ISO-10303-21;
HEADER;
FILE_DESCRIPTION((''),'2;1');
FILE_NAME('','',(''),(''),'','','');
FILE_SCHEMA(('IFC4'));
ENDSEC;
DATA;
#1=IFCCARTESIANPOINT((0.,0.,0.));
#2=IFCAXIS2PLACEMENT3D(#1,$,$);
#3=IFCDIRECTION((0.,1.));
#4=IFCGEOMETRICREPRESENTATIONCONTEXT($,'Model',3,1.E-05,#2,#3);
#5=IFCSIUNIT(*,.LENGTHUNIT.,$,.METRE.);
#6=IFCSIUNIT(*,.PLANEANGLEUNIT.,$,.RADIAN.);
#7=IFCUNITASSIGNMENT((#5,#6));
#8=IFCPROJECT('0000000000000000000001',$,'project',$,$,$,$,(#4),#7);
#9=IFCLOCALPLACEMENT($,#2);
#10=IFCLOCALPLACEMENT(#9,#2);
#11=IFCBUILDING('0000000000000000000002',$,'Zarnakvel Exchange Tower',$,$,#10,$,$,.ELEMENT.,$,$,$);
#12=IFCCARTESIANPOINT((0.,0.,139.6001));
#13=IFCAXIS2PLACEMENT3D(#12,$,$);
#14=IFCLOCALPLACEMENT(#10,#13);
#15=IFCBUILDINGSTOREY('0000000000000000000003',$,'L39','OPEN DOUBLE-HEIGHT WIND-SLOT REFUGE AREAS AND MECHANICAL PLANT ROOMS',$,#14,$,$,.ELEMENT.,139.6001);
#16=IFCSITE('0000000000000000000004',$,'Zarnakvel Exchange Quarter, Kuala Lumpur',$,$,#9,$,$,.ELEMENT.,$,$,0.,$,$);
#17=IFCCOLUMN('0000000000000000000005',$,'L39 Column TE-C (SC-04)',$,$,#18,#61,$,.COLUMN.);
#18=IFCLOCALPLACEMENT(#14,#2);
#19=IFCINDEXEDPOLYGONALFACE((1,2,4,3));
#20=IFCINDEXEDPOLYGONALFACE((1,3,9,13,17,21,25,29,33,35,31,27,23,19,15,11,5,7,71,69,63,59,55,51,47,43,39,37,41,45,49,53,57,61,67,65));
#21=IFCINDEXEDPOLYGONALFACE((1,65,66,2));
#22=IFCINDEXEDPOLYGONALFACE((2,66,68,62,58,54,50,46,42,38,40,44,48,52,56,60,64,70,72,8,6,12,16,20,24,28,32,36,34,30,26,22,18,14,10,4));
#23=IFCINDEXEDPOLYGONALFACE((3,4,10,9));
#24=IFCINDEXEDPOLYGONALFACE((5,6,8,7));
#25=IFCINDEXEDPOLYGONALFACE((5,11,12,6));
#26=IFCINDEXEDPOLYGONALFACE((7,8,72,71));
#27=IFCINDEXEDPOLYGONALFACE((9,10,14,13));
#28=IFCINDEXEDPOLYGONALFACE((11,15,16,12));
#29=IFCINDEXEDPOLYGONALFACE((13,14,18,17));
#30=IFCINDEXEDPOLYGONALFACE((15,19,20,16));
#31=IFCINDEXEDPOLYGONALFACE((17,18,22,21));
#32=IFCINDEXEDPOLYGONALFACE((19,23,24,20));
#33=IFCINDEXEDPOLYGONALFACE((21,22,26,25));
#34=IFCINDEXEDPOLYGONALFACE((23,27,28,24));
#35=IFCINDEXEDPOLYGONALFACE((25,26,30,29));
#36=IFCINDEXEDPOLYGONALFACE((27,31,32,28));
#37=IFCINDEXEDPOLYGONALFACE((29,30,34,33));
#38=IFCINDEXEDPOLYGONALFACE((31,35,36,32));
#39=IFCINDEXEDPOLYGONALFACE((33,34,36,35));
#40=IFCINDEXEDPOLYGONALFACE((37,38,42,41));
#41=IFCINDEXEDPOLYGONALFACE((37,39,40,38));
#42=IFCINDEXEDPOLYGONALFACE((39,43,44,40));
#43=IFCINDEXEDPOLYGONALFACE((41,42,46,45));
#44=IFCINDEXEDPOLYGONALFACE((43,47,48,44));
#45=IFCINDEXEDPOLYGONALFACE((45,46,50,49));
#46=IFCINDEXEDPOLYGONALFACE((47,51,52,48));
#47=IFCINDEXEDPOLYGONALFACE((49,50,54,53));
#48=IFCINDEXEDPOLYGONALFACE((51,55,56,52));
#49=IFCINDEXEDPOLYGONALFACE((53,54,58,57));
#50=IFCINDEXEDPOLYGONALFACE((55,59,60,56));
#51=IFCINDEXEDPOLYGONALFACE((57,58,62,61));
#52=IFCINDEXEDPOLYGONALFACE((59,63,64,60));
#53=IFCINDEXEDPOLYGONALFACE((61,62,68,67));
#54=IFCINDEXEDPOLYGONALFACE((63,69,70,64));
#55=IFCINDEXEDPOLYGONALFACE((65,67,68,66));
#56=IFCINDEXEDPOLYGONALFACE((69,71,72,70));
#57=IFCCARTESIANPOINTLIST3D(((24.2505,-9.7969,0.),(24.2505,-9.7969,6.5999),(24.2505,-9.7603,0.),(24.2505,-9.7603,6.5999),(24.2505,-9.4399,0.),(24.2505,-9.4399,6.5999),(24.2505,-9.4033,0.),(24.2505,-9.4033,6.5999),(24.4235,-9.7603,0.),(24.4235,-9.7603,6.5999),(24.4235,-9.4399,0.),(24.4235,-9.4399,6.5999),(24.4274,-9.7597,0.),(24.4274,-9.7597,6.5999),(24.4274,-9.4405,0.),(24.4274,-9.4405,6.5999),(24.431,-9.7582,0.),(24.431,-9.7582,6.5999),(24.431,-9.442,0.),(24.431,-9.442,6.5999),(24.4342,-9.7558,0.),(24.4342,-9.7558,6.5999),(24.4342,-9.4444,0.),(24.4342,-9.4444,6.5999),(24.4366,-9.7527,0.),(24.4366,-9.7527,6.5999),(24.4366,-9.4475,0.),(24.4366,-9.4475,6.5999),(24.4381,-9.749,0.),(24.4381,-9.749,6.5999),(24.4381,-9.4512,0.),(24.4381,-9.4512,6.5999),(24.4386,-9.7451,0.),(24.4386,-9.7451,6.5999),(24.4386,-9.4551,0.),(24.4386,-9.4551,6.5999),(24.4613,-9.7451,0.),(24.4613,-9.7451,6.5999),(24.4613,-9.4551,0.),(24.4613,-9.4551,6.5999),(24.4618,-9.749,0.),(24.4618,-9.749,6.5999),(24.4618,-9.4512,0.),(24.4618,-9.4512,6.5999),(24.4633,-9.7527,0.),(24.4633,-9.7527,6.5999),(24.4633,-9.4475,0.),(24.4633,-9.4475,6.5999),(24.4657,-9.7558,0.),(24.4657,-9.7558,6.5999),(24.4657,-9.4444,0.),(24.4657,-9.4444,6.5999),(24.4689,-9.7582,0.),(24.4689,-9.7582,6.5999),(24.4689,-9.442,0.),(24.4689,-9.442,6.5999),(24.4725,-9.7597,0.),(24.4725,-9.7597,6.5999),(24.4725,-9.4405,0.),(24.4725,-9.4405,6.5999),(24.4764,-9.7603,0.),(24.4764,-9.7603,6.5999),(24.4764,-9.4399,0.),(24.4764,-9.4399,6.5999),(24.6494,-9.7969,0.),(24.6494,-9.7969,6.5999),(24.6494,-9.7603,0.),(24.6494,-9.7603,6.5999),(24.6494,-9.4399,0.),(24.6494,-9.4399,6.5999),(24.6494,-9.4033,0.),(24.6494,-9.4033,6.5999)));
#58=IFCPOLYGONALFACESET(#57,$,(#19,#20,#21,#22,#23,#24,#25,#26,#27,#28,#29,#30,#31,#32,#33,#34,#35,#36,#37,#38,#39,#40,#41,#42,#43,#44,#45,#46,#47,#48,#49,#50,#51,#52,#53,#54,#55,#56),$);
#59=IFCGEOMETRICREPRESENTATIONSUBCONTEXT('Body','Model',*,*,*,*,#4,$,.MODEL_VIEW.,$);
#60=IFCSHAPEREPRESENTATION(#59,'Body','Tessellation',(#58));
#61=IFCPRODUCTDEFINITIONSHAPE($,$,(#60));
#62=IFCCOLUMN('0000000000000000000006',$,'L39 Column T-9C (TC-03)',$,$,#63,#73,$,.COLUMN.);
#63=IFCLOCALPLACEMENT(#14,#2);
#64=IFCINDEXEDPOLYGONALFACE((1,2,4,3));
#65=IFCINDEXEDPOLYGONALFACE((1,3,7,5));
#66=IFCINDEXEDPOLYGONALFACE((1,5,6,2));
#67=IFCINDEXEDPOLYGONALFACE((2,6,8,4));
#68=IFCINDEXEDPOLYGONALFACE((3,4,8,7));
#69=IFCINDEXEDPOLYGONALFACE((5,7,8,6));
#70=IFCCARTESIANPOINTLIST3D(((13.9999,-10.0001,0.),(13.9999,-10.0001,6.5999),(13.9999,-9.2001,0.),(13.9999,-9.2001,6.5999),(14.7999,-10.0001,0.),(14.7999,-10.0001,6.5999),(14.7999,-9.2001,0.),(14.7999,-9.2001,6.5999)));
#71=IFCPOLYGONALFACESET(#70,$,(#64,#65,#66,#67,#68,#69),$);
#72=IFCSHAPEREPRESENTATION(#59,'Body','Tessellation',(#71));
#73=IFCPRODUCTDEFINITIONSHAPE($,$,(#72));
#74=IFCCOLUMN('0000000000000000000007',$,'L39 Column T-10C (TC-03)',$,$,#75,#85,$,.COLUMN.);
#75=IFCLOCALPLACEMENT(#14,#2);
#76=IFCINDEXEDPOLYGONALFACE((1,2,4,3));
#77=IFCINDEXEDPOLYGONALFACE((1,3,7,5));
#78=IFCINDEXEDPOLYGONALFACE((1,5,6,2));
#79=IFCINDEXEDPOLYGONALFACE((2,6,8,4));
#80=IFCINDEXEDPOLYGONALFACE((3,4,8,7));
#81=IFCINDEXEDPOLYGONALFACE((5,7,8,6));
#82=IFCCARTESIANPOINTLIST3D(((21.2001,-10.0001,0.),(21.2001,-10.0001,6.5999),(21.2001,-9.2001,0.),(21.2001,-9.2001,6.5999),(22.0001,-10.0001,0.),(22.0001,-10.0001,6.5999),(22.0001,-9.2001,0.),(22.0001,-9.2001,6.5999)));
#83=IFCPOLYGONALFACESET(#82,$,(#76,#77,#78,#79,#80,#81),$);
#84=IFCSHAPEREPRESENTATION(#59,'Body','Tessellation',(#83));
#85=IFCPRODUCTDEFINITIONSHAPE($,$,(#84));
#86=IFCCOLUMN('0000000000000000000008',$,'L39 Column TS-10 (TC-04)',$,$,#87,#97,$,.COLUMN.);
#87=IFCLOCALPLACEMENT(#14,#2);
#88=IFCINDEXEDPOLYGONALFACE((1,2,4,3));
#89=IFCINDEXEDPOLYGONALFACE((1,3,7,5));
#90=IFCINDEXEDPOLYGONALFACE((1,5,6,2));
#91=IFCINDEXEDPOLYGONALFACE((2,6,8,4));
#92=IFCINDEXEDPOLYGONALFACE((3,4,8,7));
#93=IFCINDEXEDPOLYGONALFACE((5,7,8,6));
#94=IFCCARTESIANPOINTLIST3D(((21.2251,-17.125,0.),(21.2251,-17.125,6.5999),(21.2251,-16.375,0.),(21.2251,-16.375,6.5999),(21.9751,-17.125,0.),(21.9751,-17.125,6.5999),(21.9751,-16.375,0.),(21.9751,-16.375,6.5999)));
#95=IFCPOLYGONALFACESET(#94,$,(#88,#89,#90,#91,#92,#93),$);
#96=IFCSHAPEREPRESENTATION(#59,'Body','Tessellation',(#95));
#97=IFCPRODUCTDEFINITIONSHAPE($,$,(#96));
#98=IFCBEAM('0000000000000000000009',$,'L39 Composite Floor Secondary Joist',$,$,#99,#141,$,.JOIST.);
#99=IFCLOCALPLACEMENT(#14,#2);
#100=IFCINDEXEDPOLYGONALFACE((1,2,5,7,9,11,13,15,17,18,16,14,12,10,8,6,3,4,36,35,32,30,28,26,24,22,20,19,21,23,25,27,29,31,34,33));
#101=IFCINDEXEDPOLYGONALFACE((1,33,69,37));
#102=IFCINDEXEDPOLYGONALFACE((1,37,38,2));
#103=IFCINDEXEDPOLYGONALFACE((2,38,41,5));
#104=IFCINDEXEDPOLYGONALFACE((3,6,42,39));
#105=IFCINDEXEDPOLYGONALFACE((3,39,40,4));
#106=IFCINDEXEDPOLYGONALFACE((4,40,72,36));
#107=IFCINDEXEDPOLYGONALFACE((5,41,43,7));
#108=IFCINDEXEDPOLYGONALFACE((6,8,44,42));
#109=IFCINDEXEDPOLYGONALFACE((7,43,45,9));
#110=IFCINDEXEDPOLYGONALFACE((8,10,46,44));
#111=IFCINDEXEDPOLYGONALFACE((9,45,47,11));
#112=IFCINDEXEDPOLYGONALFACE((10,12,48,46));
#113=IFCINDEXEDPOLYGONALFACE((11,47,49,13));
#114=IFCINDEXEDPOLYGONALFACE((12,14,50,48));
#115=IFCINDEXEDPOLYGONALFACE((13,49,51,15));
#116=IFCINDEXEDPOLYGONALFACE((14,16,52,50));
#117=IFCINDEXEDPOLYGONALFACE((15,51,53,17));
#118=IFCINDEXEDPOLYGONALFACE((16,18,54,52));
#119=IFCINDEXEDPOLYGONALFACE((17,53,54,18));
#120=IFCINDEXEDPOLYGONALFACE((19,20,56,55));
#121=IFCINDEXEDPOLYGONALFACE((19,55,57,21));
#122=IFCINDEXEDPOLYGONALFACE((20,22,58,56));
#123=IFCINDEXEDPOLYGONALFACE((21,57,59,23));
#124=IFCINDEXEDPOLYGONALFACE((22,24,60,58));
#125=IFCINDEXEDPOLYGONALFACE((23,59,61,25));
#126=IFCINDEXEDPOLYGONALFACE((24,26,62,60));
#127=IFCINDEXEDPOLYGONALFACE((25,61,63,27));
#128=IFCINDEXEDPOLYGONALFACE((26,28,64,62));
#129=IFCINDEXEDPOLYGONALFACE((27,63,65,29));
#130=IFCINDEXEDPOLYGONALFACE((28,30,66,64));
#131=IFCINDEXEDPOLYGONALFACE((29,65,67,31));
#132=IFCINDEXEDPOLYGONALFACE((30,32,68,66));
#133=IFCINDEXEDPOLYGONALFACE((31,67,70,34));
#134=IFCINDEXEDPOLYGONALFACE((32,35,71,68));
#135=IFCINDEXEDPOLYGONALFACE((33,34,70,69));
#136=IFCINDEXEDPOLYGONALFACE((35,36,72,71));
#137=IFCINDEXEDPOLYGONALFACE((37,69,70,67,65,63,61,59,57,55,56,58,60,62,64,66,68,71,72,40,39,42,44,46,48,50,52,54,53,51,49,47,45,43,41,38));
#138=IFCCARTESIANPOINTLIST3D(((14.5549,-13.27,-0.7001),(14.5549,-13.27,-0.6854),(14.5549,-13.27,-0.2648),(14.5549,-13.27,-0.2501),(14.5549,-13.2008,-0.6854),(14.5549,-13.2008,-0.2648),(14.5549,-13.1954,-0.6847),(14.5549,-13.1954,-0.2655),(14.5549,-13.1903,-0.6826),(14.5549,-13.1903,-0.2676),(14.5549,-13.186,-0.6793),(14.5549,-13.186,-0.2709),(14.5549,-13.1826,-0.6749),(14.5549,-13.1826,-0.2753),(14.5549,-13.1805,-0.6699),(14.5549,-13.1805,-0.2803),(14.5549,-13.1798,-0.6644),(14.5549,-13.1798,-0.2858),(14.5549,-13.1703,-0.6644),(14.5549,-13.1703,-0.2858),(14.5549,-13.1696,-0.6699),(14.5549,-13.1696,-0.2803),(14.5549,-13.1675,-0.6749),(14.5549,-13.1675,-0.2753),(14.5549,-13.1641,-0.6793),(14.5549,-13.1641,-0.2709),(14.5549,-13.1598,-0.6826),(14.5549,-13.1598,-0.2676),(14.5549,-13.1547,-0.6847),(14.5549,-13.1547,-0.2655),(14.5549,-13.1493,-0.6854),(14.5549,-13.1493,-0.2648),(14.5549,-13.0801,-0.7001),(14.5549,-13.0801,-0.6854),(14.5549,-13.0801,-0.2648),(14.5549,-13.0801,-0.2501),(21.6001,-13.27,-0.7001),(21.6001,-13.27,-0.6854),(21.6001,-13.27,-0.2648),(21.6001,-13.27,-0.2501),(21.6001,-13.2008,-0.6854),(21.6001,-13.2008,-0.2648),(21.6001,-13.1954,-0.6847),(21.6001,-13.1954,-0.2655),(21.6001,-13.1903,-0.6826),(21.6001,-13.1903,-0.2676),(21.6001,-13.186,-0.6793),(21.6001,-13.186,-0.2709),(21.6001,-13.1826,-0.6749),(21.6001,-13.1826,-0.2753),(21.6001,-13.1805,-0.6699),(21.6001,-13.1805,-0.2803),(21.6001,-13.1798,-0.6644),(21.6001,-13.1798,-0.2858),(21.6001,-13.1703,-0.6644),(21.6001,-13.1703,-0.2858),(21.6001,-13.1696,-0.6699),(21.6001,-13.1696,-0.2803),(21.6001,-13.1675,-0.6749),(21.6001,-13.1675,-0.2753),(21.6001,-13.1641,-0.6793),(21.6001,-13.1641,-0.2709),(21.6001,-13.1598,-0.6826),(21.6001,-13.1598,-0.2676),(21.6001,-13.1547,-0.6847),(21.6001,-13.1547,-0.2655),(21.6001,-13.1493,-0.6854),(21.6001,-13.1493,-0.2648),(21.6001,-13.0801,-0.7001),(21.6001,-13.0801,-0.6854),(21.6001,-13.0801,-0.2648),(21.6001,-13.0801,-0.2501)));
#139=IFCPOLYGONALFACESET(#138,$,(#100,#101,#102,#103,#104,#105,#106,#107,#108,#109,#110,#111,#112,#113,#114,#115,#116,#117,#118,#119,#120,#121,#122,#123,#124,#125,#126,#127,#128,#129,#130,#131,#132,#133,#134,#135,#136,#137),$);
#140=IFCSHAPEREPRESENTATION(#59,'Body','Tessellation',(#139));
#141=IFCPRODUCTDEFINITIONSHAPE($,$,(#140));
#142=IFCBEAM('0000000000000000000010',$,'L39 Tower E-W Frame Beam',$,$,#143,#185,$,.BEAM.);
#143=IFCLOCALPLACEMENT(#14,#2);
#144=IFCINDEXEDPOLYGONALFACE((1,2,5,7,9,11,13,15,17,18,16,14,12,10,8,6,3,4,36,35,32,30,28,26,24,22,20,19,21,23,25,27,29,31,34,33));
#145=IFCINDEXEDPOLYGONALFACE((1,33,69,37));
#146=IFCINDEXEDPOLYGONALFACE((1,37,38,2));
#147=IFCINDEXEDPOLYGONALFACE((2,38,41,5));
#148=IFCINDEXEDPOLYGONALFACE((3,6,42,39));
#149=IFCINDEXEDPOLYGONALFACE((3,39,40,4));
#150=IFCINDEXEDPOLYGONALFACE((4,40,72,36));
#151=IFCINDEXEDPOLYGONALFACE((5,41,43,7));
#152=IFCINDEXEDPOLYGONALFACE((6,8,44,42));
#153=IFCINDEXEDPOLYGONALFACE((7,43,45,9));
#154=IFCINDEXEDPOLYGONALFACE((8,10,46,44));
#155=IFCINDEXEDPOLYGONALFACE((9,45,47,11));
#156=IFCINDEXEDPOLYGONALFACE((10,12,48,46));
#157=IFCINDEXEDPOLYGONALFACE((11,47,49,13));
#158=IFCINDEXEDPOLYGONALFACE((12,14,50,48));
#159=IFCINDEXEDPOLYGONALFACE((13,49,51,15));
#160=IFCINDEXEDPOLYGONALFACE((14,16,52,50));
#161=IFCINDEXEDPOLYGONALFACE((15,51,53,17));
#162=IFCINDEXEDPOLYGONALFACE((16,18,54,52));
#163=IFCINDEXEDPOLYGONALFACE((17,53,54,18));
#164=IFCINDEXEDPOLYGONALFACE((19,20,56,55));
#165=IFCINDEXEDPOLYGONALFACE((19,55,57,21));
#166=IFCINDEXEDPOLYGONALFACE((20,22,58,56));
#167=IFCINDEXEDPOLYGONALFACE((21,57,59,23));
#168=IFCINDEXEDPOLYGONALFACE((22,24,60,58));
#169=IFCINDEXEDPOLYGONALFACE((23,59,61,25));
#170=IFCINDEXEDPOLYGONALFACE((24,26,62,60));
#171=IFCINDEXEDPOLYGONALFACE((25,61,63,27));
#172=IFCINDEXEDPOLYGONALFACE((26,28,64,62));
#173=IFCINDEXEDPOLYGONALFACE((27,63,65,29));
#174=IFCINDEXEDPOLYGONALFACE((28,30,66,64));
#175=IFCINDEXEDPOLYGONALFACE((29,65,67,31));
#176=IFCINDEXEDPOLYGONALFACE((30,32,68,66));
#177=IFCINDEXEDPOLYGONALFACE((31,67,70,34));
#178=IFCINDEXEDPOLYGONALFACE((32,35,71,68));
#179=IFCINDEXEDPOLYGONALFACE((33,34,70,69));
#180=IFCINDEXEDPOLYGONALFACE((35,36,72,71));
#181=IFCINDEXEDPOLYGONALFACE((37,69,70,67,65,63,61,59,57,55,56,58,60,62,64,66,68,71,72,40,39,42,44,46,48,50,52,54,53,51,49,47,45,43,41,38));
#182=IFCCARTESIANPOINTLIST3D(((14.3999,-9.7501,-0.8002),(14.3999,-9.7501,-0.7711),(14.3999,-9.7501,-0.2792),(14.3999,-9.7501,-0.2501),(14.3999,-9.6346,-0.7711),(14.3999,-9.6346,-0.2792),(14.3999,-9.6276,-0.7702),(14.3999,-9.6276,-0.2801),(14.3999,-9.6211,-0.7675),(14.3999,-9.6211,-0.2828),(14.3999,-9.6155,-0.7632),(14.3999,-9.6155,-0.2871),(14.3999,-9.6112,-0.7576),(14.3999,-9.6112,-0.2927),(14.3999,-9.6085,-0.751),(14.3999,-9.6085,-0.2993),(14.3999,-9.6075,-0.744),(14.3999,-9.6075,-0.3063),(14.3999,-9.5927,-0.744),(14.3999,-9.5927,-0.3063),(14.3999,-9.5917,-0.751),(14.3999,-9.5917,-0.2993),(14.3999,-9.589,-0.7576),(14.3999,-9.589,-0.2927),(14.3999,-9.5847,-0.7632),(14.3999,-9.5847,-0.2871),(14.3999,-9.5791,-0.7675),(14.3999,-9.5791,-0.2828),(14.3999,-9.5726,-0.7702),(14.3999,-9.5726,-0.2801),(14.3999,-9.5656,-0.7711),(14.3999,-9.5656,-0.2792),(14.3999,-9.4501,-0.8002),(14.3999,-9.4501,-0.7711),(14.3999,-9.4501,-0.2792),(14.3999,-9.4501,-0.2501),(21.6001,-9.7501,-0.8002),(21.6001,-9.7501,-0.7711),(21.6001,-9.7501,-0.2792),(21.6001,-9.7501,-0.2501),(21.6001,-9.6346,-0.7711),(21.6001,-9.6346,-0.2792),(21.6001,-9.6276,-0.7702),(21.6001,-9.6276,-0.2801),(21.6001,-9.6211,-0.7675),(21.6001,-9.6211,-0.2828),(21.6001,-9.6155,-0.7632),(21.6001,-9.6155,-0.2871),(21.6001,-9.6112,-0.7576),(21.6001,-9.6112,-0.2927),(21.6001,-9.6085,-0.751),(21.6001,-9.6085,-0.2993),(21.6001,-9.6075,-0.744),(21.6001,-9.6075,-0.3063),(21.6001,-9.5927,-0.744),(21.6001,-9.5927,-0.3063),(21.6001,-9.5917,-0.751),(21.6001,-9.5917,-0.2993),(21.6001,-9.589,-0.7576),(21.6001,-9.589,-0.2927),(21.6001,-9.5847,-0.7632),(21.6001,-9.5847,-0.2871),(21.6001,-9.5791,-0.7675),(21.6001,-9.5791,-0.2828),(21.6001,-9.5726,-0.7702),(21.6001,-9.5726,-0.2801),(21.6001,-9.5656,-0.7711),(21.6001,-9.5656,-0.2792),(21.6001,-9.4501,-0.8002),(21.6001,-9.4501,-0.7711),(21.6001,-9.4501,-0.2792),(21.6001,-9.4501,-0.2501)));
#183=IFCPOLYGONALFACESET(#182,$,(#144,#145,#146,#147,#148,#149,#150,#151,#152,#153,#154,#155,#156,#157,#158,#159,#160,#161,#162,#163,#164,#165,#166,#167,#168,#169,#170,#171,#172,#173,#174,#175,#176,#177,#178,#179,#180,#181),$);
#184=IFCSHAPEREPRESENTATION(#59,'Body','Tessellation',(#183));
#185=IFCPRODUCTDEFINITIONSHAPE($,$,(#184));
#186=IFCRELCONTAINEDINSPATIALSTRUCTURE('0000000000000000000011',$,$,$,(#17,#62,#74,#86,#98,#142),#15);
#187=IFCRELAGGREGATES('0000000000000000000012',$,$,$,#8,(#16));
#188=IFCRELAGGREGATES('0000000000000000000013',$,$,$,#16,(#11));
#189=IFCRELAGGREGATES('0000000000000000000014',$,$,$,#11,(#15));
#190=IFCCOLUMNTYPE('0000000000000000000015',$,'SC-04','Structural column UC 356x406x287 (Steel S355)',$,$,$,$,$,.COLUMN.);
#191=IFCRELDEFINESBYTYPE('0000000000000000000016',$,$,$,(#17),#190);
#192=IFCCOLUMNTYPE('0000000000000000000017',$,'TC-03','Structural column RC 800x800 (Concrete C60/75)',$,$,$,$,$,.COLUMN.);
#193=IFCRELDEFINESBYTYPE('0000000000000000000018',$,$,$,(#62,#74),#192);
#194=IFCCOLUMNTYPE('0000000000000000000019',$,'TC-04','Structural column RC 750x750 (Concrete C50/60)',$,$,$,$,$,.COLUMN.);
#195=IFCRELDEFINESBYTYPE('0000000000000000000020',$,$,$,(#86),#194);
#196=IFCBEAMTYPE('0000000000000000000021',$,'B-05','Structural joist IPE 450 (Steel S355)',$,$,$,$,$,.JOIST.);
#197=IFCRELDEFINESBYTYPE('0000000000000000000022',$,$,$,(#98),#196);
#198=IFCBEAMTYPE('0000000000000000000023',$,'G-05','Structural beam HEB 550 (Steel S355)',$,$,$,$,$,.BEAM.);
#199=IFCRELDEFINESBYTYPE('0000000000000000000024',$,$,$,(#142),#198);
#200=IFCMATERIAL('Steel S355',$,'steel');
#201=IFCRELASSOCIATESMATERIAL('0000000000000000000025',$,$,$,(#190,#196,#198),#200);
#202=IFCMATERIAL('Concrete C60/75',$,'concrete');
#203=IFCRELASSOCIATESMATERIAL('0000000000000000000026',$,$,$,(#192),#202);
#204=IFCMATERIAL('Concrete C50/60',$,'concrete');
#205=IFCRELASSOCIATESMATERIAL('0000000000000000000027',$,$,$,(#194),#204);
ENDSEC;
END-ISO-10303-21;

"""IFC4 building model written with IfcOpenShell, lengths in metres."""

from ifc_helpers import new_model, si_unit, direction, frame, origin, origin_2d, place, context, subcontext, project, spatial, rectangle, i_section, extrude, material, material_profile, profile_set, type_object, element, save


model = new_model("IFC4")

# Units and contexts
model_context = context("Model", 3, precision=1e-05, world=origin(), true_north=direction((0.0, 1.0)))
body_context = subcontext(model_context, "Body", "Model", "MODEL_VIEW")
ifc_project = project(units=[si_unit("LENGTHUNIT", "METRE"), si_unit("PLANEANGLEUNIT", "RADIAN")], contexts=[model_context])

# Site, building, storey
site_placement = place(None, origin())
site = spatial("IfcSite", under=ifc_project, at=site_placement, Name="Zarnakvel Exchange Quarter, Kuala Lumpur", CompositionType="ELEMENT", RefElevation=0.0)
building_placement = place(site_placement, origin())
building = spatial("IfcBuilding", under=site, at=building_placement, Name="Zarnakvel Exchange Tower", CompositionType="ELEMENT")
storey_placement = place(building_placement, frame((0.0, 0.0, 139.6001)))
storey = spatial("IfcBuildingStorey", under=building, at=storey_placement, Name="L39", Description="OPEN DOUBLE-HEIGHT WIND-SLOT REFUGE AREAS AND MECHANICAL PLANT ROOMS", CompositionType="ELEMENT", Elevation=139.6001)

# Columns
ifc_material_1 = material(Name="Steel S355", Category="steel")
ifc_material_profile_1 = material_profile(ifc_material_1, i_section(OverallWidth=0.3989, OverallDepth=0.3936, WebThickness=0.0227, FlangeThickness=0.0366, FilletRadius=0.0151, at=origin_2d()))
ifc_profile_set_1 = profile_set([ifc_material_profile_1], Name="Steel S355")
column_type_1 = type_object("IfcColumnType", Name="SC-04", Description="Structural column UC 356x406x287 (Steel S355)", PredefinedType="COLUMN", material=ifc_profile_set_1)
column_1_placement = place(storey_placement, frame((24.45, -9.6001, 0.0), z_axis=(0.0, 0.0, 1.0), x_axis=(1.0, 0.0, 0.0)))
element("IfcColumn", 1, at=column_1_placement, inside=storey, type_object=column_type_1, Name="L39 Column TE-C (SC-04)", PredefinedType="COLUMN", context=body_context, shape_type="SweptSolid", body=[
    extrude(i_section(OverallWidth=0.3989, OverallDepth=0.3936, WebThickness=0.0227, FlangeThickness=0.0366, FilletRadius=0.0151, at=origin_2d()), origin(), (0.0, 0.0, 1.0), 6.5999),
])
ifc_material_2 = material(Name="Concrete C60/75", Category="concrete")
ifc_material_profile_2 = material_profile(ifc_material_2, rectangle(XDim=0.8, YDim=0.8, at=origin_2d()))
ifc_profile_set_2 = profile_set([ifc_material_profile_2], Name="Concrete C60/75")
column_type_2 = type_object("IfcColumnType", Name="TC-03", Description="Structural column RC 800x800 (Concrete C60/75)", PredefinedType="COLUMN", material=ifc_profile_set_2)
for number, where, z_axis, x_axis, name in (
    (2, (14.3999, -9.6001, 0.0), (0.0, 0.0, 1.0), (1.0, 0.0, 0.0), "L39 Column T-9C (TC-03)"),
    (3, (21.6001, -9.6001, 0.0), (0.0, 0.0, 1.0), (1.0, 0.0, 0.0), "L39 Column T-10C (TC-03)"),
):
    element("IfcColumn", number, at=place(storey_placement, frame(where, z_axis=z_axis, x_axis=x_axis)), inside=storey, type_object=column_type_2, Name=name, PredefinedType="COLUMN", context=body_context, shape_type="SweptSolid", body=[
        extrude(rectangle(XDim=0.8, YDim=0.8, at=origin_2d()), origin(), (0.0, 0.0, 1.0), 6.5999),
    ])
ifc_material_3 = material(Name="Concrete C50/60", Category="concrete")
ifc_material_profile_3 = material_profile(ifc_material_3, rectangle(XDim=0.75, YDim=0.75, at=origin_2d()))
ifc_profile_set_3 = profile_set([ifc_material_profile_3], Name="Concrete C50/60")
column_type_3 = type_object("IfcColumnType", Name="TC-04", Description="Structural column RC 750x750 (Concrete C50/60)", PredefinedType="COLUMN", material=ifc_profile_set_3)
column_2_placement = place(storey_placement, frame((21.6001, -16.75, 0.0), z_axis=(0.0, 0.0, 1.0), x_axis=(1.0, 0.0, 0.0)))
element("IfcColumn", 4, at=column_2_placement, inside=storey, type_object=column_type_3, Name="L39 Column TS-10 (TC-04)", PredefinedType="COLUMN", context=body_context, shape_type="SweptSolid", body=[
    extrude(rectangle(XDim=0.75, YDim=0.75, at=origin_2d()), origin(), (0.0, 0.0, 1.0), 6.5999),
])

# Beams
ifc_material_profile_4 = material_profile(ifc_material_1, i_section(OverallWidth=0.1899, OverallDepth=0.45, WebThickness=0.0095, FlangeThickness=0.0146, FilletRadius=0.021, at=origin_2d()))
ifc_profile_set_4 = profile_set([ifc_material_profile_4], Name="Steel S355")
beam_type_1 = type_object("IfcBeamType", Name="B-05", Description="Structural joist IPE 450 (Steel S355)", PredefinedType="JOIST", material=ifc_profile_set_4)
beam_1_placement = place(storey_placement, frame((14.5549, -13.175, -0.4751), z_axis=(1.0, 0.0, 0.0), x_axis=(0.0, 1.0, 0.0)))
element("IfcBeam", 5, at=beam_1_placement, inside=storey, type_object=beam_type_1, Name="L39 Composite Floor Secondary Joist", PredefinedType="JOIST", context=body_context, shape_type="SweptSolid", body=[
    extrude(i_section(OverallWidth=0.1899, OverallDepth=0.45, WebThickness=0.0095, FlangeThickness=0.0146, FilletRadius=0.021, at=origin_2d()), origin(), (0.0, 0.0, 1.0), 7.0452),
])
ifc_material_profile_5 = material_profile(ifc_material_1, i_section(OverallWidth=0.3, OverallDepth=0.55, WebThickness=0.0149, FlangeThickness=0.0291, FilletRadius=0.0271, at=origin_2d()))
ifc_profile_set_5 = profile_set([ifc_material_profile_5], Name="Steel S355")
beam_type_2 = type_object("IfcBeamType", Name="G-05", Description="Structural beam HEB 550 (Steel S355)", PredefinedType="BEAM", material=ifc_profile_set_5)
beam_2_placement = place(storey_placement, frame((14.3999, -9.6001, -0.5251), z_axis=(1.0, 0.0, 0.0), x_axis=(0.0, 1.0, 0.0)))
element("IfcBeam", 6, at=beam_2_placement, inside=storey, type_object=beam_type_2, Name="L39 Tower E-W Frame Beam", PredefinedType="BEAM", context=body_context, shape_type="SweptSolid", body=[
    extrude(i_section(OverallWidth=0.3, OverallDepth=0.55, WebThickness=0.0149, FlangeThickness=0.0291, FilletRadius=0.0271, at=origin_2d()), origin(), (0.0, 0.0, 1.0), 7.2002),
])

save(model, "model.ifc")
